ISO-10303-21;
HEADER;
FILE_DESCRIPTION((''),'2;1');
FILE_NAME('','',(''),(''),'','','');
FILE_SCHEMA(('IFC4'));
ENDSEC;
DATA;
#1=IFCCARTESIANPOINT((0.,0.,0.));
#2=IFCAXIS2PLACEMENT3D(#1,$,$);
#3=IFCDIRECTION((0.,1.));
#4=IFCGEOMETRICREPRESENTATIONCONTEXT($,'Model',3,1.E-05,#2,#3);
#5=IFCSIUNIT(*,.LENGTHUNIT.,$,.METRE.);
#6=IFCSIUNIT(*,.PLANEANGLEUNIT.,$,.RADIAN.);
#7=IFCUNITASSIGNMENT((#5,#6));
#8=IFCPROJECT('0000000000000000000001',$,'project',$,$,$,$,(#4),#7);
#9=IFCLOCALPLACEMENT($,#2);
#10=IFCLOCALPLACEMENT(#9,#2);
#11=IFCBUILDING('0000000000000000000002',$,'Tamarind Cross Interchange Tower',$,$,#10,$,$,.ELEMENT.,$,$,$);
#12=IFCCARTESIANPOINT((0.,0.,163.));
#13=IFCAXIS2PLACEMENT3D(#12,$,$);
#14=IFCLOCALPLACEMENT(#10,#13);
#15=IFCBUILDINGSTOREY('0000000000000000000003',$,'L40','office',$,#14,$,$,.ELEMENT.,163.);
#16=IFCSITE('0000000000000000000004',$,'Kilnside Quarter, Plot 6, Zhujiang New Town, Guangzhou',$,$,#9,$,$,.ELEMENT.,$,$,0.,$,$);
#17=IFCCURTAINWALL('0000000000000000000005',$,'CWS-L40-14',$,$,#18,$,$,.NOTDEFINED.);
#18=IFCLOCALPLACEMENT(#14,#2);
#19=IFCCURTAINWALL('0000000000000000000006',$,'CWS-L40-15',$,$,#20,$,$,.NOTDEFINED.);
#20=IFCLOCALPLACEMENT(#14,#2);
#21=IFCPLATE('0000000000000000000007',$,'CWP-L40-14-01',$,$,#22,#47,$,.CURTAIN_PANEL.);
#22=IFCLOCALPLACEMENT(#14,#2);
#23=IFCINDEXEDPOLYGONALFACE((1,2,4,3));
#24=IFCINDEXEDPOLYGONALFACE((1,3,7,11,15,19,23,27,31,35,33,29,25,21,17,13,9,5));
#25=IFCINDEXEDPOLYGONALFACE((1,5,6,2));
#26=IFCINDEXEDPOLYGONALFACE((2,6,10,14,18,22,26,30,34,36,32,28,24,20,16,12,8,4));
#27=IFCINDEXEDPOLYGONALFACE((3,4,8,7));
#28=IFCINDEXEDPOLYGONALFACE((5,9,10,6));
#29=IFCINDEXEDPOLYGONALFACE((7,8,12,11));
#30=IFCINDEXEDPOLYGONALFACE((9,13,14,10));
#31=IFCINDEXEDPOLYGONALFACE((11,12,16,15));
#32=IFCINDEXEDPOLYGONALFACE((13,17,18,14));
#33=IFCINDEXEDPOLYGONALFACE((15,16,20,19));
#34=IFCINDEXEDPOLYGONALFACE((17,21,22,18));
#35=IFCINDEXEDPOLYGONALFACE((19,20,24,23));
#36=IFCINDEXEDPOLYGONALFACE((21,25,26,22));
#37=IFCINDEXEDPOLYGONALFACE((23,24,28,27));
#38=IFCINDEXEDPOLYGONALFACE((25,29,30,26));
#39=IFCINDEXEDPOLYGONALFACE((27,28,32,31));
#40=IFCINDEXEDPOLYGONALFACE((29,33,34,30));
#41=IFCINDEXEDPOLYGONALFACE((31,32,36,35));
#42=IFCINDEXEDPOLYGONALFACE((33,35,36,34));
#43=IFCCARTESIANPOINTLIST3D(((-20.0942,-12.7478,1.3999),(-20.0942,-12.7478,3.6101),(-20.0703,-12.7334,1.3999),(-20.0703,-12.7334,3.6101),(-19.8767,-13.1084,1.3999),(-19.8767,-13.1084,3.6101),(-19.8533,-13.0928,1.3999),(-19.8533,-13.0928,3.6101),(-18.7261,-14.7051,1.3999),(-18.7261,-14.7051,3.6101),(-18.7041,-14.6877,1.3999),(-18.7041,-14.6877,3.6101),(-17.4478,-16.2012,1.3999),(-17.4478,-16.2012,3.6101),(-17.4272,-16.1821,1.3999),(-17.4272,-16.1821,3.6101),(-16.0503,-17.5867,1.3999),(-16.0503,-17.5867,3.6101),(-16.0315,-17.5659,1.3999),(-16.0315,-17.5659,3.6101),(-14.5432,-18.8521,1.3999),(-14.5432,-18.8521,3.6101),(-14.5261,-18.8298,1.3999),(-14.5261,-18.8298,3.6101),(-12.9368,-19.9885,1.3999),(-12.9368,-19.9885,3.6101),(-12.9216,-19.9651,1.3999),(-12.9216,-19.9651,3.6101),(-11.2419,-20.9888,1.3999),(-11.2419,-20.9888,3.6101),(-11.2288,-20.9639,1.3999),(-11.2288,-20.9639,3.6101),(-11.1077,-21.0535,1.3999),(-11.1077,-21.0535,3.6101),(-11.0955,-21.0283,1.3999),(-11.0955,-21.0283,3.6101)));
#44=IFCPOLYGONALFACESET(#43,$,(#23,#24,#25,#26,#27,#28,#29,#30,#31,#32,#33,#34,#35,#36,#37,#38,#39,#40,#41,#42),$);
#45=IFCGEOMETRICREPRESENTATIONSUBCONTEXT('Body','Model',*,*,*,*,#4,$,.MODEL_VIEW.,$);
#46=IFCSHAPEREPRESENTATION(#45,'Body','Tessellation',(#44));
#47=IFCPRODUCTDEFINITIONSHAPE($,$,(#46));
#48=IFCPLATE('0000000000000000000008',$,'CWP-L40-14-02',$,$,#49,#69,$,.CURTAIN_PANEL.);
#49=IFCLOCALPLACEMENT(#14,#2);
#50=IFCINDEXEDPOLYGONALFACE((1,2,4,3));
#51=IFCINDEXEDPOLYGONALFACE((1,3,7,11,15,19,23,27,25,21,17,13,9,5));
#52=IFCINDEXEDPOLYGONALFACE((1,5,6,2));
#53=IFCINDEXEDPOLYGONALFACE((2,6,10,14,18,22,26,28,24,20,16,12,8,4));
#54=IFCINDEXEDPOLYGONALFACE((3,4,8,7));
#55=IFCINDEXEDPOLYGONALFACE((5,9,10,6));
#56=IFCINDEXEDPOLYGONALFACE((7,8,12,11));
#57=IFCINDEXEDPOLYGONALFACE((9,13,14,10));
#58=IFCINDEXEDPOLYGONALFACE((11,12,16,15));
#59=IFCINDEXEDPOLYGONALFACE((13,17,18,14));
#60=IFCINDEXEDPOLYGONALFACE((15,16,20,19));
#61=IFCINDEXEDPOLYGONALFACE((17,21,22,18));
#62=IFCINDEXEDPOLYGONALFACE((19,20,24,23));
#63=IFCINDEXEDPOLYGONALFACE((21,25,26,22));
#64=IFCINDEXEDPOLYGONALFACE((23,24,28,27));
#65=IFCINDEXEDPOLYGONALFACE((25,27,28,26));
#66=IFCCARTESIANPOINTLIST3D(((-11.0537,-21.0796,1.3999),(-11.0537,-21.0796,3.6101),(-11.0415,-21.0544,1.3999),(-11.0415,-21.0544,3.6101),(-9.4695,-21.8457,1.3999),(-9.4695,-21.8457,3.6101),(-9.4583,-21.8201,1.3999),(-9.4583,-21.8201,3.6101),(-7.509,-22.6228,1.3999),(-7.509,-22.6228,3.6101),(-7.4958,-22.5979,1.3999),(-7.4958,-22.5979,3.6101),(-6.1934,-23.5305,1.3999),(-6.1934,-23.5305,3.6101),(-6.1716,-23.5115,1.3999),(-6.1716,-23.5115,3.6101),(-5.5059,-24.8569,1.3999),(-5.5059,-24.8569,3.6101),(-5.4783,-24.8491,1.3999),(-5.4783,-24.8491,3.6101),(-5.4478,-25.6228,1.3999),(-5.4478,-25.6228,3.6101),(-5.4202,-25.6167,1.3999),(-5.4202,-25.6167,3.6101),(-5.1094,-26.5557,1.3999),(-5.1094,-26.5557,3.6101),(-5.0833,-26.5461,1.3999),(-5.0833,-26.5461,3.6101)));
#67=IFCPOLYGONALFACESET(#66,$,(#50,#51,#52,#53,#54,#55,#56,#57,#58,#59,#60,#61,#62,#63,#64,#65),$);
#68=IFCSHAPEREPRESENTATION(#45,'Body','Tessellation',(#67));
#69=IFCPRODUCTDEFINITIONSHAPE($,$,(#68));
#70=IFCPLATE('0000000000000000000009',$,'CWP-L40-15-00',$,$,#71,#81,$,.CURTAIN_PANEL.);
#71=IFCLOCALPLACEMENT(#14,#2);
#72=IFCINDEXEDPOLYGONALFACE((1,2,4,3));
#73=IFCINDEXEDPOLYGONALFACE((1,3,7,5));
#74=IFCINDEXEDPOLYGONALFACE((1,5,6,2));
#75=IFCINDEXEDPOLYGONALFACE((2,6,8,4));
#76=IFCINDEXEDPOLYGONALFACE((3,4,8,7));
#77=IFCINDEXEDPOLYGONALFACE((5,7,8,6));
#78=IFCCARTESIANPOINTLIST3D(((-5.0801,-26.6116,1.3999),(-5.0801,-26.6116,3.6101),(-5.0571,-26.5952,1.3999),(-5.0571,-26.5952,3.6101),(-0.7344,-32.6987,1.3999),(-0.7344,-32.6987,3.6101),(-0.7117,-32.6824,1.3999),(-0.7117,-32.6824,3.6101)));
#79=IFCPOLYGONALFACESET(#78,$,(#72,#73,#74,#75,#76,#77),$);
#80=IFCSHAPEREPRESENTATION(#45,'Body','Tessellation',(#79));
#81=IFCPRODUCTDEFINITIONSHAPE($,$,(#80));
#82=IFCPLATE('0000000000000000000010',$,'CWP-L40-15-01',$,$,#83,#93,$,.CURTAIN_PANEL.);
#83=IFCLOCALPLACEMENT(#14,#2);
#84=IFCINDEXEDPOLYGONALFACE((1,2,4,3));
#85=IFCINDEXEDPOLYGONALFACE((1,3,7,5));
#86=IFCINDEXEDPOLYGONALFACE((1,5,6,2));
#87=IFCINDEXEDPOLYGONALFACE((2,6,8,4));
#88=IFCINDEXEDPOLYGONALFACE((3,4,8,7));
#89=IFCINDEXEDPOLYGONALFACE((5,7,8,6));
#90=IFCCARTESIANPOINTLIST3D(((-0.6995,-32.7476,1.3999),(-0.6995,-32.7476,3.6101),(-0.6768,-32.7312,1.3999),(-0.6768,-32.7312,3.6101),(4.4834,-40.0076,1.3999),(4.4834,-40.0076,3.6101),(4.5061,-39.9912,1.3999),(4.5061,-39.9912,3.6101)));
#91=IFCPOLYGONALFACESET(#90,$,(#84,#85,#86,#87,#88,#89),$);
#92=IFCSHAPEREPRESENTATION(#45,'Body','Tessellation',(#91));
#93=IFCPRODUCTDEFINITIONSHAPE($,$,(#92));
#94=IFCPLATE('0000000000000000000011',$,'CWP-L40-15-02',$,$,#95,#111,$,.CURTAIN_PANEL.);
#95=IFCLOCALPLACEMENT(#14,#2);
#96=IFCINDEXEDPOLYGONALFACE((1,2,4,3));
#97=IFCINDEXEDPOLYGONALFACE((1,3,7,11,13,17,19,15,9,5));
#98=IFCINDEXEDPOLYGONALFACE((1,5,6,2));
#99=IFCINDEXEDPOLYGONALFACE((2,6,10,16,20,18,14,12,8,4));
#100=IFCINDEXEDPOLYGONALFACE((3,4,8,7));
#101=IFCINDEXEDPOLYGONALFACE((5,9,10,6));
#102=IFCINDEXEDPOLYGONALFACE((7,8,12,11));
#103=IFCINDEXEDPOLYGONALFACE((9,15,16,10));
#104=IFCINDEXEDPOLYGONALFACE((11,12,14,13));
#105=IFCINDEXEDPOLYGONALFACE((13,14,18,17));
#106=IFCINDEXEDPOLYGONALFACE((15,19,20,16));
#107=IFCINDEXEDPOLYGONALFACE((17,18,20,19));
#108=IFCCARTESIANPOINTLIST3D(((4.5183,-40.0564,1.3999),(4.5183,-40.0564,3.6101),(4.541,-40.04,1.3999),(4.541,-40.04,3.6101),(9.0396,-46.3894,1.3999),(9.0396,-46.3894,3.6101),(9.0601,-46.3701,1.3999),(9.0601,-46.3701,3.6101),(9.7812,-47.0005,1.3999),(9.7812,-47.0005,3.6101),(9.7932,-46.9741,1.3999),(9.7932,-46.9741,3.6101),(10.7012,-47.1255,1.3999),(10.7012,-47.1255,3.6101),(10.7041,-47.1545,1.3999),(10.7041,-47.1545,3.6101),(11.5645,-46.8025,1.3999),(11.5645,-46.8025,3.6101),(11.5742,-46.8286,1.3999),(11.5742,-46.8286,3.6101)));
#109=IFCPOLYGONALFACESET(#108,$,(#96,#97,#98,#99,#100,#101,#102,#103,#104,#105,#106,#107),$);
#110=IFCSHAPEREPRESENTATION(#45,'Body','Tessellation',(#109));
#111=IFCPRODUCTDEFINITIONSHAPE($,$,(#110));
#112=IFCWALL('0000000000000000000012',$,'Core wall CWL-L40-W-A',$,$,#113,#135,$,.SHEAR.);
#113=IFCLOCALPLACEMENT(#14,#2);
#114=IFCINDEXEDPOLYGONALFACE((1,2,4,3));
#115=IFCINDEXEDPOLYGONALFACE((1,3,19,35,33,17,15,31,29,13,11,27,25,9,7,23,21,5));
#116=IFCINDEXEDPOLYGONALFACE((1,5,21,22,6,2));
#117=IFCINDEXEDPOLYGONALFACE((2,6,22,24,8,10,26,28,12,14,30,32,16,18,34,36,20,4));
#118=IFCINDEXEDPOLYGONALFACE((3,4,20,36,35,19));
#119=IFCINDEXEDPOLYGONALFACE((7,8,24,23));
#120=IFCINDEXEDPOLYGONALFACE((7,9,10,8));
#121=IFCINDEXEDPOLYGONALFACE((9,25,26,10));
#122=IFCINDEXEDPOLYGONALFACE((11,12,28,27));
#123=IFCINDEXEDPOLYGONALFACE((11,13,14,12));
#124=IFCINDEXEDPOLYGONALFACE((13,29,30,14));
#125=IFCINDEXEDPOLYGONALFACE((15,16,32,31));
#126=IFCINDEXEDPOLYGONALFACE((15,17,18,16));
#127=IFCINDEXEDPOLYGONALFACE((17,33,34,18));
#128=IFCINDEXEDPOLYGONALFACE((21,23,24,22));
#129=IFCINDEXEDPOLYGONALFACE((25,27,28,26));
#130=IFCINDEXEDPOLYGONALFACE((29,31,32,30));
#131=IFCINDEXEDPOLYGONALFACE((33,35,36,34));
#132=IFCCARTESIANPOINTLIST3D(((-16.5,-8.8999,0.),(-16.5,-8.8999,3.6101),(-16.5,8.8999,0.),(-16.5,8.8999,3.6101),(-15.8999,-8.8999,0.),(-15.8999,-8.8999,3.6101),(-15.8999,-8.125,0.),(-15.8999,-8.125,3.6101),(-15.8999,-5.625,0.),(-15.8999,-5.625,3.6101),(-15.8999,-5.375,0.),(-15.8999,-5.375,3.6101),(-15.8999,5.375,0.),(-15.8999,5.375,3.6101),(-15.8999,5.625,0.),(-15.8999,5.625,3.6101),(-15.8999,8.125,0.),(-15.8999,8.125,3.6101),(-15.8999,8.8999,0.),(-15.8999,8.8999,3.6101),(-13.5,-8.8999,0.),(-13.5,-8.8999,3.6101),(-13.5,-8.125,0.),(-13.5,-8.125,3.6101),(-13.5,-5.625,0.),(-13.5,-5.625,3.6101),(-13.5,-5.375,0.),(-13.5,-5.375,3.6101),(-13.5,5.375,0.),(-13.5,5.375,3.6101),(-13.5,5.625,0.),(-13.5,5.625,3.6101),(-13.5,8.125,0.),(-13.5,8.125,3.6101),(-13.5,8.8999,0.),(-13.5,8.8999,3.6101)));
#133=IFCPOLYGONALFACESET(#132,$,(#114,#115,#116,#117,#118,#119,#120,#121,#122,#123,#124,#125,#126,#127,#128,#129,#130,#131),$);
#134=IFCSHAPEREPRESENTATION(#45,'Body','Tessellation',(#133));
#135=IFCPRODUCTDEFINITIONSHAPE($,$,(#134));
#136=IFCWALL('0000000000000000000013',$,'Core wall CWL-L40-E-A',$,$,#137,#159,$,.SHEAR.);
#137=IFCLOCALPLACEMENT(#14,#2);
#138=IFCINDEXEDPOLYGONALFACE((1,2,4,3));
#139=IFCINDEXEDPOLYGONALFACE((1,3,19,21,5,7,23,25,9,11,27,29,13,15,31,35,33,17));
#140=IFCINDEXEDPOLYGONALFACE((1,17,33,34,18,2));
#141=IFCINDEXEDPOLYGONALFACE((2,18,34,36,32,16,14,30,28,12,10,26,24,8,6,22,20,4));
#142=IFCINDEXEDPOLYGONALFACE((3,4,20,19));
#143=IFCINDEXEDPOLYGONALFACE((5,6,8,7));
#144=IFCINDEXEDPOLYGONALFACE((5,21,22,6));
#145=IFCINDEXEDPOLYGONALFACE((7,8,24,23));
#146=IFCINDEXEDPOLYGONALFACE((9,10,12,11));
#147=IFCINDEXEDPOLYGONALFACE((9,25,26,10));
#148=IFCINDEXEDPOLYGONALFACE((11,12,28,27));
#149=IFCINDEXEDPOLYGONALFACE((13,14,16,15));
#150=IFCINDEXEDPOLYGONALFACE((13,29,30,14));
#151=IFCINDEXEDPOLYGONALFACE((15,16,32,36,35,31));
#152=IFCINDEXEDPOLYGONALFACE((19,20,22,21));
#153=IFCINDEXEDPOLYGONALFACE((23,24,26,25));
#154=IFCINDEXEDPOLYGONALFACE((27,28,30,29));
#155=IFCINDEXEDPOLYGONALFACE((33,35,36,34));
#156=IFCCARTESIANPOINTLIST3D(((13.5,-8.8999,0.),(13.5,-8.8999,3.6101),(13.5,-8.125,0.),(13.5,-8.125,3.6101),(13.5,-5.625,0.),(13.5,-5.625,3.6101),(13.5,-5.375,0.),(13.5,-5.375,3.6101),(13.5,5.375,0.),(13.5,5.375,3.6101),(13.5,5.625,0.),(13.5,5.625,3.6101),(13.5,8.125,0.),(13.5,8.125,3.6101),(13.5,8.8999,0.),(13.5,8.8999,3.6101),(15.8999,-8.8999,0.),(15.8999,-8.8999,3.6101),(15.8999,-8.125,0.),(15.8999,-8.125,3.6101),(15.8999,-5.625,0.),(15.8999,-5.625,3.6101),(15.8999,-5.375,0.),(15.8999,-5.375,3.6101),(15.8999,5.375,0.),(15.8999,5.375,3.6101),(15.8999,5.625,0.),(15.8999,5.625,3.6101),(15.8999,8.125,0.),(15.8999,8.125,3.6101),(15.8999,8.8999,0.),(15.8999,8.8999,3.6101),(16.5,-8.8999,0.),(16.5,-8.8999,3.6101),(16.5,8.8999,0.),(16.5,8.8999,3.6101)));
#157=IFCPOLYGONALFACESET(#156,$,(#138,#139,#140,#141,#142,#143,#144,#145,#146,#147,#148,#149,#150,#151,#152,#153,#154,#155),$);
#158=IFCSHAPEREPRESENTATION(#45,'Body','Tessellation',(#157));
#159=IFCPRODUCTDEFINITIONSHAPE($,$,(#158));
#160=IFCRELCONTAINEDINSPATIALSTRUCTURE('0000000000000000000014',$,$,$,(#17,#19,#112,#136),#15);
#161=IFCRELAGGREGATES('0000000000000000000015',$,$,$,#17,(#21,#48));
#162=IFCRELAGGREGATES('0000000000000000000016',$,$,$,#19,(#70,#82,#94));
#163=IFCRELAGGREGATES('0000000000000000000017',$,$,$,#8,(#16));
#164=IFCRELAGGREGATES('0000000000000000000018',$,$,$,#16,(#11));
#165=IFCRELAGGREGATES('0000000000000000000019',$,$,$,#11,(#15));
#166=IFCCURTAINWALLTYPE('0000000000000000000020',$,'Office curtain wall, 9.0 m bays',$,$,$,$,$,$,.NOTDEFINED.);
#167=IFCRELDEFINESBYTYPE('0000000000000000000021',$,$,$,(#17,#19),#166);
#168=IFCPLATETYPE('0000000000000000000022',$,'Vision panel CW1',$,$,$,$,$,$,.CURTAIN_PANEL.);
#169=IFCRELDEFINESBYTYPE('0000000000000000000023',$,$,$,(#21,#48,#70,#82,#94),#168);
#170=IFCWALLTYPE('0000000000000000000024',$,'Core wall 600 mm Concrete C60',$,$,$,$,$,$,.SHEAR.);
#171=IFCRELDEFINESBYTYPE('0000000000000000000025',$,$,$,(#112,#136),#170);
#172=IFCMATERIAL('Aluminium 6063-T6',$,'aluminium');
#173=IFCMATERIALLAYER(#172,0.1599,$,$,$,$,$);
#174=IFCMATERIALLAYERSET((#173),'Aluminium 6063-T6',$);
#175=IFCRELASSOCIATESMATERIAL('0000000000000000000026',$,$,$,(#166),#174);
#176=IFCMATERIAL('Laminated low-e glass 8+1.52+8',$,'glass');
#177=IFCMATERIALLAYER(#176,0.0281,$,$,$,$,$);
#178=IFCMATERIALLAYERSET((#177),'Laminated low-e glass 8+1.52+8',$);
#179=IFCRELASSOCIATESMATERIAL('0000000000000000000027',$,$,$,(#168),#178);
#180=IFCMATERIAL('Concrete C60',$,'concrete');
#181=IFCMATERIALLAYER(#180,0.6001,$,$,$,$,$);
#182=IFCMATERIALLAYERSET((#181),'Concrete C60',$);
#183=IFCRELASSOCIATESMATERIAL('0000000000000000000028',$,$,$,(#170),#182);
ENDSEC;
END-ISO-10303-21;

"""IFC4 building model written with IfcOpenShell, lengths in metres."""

from ifc_helpers import new_model, si_unit, direction, frame, origin, place, context, subcontext, project, spatial, polyline, outline, extrude, material, layer, layer_set, type_object, element, aggregate, save


model = new_model("IFC4")

# Units and contexts
model_context = context("Model", 3, precision=1e-05, world=origin(), true_north=direction((0.0, 1.0)))
body_context = subcontext(model_context, "Body", "Model", "MODEL_VIEW")
ifc_project = project(units=[si_unit("LENGTHUNIT", "METRE"), si_unit("PLANEANGLEUNIT", "RADIAN")], contexts=[model_context])

# Site, building, storey
site_placement = place(None, origin())
site = spatial("IfcSite", under=ifc_project, at=site_placement, Name="Kilnside Quarter, Plot 6, Zhujiang New Town, Guangzhou", CompositionType="ELEMENT", RefElevation=0.0)
building_placement = place(site_placement, origin())
building = spatial("IfcBuilding", under=site, at=building_placement, Name="Tamarind Cross Interchange Tower", CompositionType="ELEMENT")
storey_placement = place(building_placement, frame((0.0, 0.0, 163.0)))
storey = spatial("IfcBuildingStorey", under=building, at=storey_placement, Name="L40", Description="office", CompositionType="ELEMENT", Elevation=163.0)

# Curtain walls
ifc_material_1 = material(Name="Aluminium 6063-T6", Category="aluminium")
ifc_layer_1 = layer(ifc_material_1, 0.1599)
ifc_layer_set_1 = layer_set([ifc_layer_1], Name="Aluminium 6063-T6")
curtain_wall_type = type_object("IfcCurtainWallType", Name="Office curtain wall, 9.0 m bays", PredefinedType="NOTDEFINED", material=ifc_layer_set_1)
curtain_wall_1_placement = place(storey_placement, origin())
curtain_wall_1 = element("IfcCurtainWall", 1, at=curtain_wall_1_placement, inside=storey, type_object=curtain_wall_type, Name="CWS-L40-14", PredefinedType="NOTDEFINED")
curtain_wall_2_placement = place(storey_placement, origin())
curtain_wall_2 = element("IfcCurtainWall", 2, at=curtain_wall_2_placement, inside=storey, type_object=curtain_wall_type, Name="CWS-L40-15", PredefinedType="NOTDEFINED")

# Plates
ifc_material_2 = material(Name="Laminated low-e glass 8+1.52+8", Category="glass")
ifc_layer_2 = layer(ifc_material_2, 0.0281)
ifc_layer_set_2 = layer_set([ifc_layer_2], Name="Laminated low-e glass 8+1.52+8")
plate_type = type_object("IfcPlateType", Name="Vision panel CW1", PredefinedType="CURTAIN_PANEL", material=ifc_layer_set_2)
plate_1_placement = place(storey_placement, frame((0.0, 0.0, 1.3999)))
plate_1 = element("IfcPlate", 3, at=plate_1_placement, type_object=plate_type, Name="CWP-L40-14-01", PredefinedType="CURTAIN_PANEL", context=body_context, shape_type="SweptSolid", body=[
    extrude(outline(polyline([(-20.0703, -12.7334), (-19.8533, -13.0928), (-18.7041, -14.6877), (-17.4272, -16.1821), (-16.0315, -17.5659), (-14.5261, -18.8298), (-12.9216, -19.9651), (-11.2288, -20.9639), (-11.0955, -21.0283), (-11.1077, -21.0535), (-11.2419, -20.9888), (-12.9368, -19.9885), (-14.5432, -18.8521), (-16.0503, -17.5867), (-17.4478, -16.2012), (-18.7261, -14.7051), (-19.8767, -13.1084), (-20.0942, -12.7478), (-20.0703, -12.7334)])), origin(), (0.0, 0.0, 1.0), 2.2102),
])
plate_2_placement = place(storey_placement, frame((0.0, 0.0, 1.3999)))
plate_2 = element("IfcPlate", 4, at=plate_2_placement, type_object=plate_type, Name="CWP-L40-14-02", PredefinedType="CURTAIN_PANEL", context=body_context, shape_type="SweptSolid", body=[
    extrude(outline(polyline([(-11.0415, -21.0544), (-9.4583, -21.8201), (-7.4958, -22.5979), (-6.1716, -23.5115), (-5.4783, -24.8491), (-5.4202, -25.6167), (-5.0833, -26.5461), (-5.1094, -26.5557), (-5.4478, -25.6228), (-5.5059, -24.8569), (-6.1934, -23.5305), (-7.509, -22.6228), (-9.4695, -21.8457), (-11.0537, -21.0796), (-11.0415, -21.0544)])), origin(), (0.0, 0.0, 1.0), 2.2102),
])
aggregate(curtain_wall_1, [plate_1, plate_2])
plate_3_placement = place(storey_placement, frame((0.0, 0.0, 1.3999)))
plate_3 = element("IfcPlate", 5, at=plate_3_placement, type_object=plate_type, Name="CWP-L40-15-00", PredefinedType="CURTAIN_PANEL", context=body_context, shape_type="SweptSolid", body=[
    extrude(outline(polyline([(-5.0571, -26.5952), (-0.7117, -32.6824), (-0.7344, -32.6987), (-5.0801, -26.6116), (-5.0571, -26.5952)])), origin(), (0.0, 0.0, 1.0), 2.2102),
])
plate_4_placement = place(storey_placement, frame((0.0, 0.0, 1.3999)))
plate_4 = element("IfcPlate", 6, at=plate_4_placement, type_object=plate_type, Name="CWP-L40-15-01", PredefinedType="CURTAIN_PANEL", context=body_context, shape_type="SweptSolid", body=[
    extrude(outline(polyline([(-0.6768, -32.7312), (4.5061, -39.9912), (4.4834, -40.0076), (-0.6995, -32.7476), (-0.6768, -32.7312)])), origin(), (0.0, 0.0, 1.0), 2.2102),
])
plate_5_placement = place(storey_placement, frame((0.0, 0.0, 1.3999)))
plate_5 = element("IfcPlate", 7, at=plate_5_placement, type_object=plate_type, Name="CWP-L40-15-02", PredefinedType="CURTAIN_PANEL", context=body_context, shape_type="SweptSolid", body=[
    extrude(outline(polyline([(4.541, -40.04), (9.0601, -46.3701), (9.7932, -46.9741), (10.7012, -47.1255), (11.5645, -46.8025), (11.5742, -46.8286), (10.7041, -47.1545), (9.7812, -47.0005), (9.0396, -46.3894), (4.5183, -40.0564), (4.541, -40.04)])), origin(), (0.0, 0.0, 1.0), 2.2102),
])
aggregate(curtain_wall_2, [plate_3, plate_4, plate_5])

# Walls
ifc_material_3 = material(Name="Concrete C60", Category="concrete")
ifc_layer_3 = layer(ifc_material_3, 0.6001)
ifc_layer_set_3 = layer_set([ifc_layer_3], Name="Concrete C60")
wall_type_1 = type_object("IfcWallType", Name="Core wall 600 mm Concrete C60", PredefinedType="SHEAR", material=ifc_layer_set_3)
wall_1_placement = place(storey_placement, origin())
element("IfcWall", 8, at=wall_1_placement, inside=storey, type_object=wall_type_1, Name="Core wall CWL-L40-W-A", PredefinedType="SHEAR", context=body_context, shape_type="SweptSolid", body=[
    extrude(outline(polyline([(-13.5, -8.125), (-15.8999, -8.125), (-15.8999, -5.625), (-13.5, -5.625), (-13.5, -5.375), (-15.8999, -5.375), (-15.8999, 5.375), (-13.5, 5.375), (-13.5, 5.625), (-15.8999, 5.625), (-15.8999, 8.125), (-13.5, 8.125), (-13.5, 8.8999), (-15.8999, 8.8999), (-16.5, 8.8999), (-16.5, -8.8999), (-15.8999, -8.8999), (-13.5, -8.8999), (-13.5, -8.125)])), origin(), (0.0, 0.0, 1.0), 3.6101),
])
wall_2_placement = place(storey_placement, origin())
element("IfcWall", 9, at=wall_2_placement, inside=storey, type_object=wall_type_1, Name="Core wall CWL-L40-E-A", PredefinedType="SHEAR", context=body_context, shape_type="SweptSolid", body=[
    extrude(outline(polyline([(13.5, -8.125), (13.5, -8.8999), (15.8999, -8.8999), (16.5, -8.8999), (16.5, 8.8999), (15.8999, 8.8999), (13.5, 8.8999), (13.5, 8.125), (15.8999, 8.125), (15.8999, 5.625), (13.5, 5.625), (13.5, 5.375), (15.8999, 5.375), (15.8999, -5.375), (13.5, -5.375), (13.5, -5.625), (15.8999, -5.625), (15.8999, -8.125), (13.5, -8.125)])), origin(), (0.0, 0.0, 1.0), 3.6101),
])

save(model, "model.ifc")
